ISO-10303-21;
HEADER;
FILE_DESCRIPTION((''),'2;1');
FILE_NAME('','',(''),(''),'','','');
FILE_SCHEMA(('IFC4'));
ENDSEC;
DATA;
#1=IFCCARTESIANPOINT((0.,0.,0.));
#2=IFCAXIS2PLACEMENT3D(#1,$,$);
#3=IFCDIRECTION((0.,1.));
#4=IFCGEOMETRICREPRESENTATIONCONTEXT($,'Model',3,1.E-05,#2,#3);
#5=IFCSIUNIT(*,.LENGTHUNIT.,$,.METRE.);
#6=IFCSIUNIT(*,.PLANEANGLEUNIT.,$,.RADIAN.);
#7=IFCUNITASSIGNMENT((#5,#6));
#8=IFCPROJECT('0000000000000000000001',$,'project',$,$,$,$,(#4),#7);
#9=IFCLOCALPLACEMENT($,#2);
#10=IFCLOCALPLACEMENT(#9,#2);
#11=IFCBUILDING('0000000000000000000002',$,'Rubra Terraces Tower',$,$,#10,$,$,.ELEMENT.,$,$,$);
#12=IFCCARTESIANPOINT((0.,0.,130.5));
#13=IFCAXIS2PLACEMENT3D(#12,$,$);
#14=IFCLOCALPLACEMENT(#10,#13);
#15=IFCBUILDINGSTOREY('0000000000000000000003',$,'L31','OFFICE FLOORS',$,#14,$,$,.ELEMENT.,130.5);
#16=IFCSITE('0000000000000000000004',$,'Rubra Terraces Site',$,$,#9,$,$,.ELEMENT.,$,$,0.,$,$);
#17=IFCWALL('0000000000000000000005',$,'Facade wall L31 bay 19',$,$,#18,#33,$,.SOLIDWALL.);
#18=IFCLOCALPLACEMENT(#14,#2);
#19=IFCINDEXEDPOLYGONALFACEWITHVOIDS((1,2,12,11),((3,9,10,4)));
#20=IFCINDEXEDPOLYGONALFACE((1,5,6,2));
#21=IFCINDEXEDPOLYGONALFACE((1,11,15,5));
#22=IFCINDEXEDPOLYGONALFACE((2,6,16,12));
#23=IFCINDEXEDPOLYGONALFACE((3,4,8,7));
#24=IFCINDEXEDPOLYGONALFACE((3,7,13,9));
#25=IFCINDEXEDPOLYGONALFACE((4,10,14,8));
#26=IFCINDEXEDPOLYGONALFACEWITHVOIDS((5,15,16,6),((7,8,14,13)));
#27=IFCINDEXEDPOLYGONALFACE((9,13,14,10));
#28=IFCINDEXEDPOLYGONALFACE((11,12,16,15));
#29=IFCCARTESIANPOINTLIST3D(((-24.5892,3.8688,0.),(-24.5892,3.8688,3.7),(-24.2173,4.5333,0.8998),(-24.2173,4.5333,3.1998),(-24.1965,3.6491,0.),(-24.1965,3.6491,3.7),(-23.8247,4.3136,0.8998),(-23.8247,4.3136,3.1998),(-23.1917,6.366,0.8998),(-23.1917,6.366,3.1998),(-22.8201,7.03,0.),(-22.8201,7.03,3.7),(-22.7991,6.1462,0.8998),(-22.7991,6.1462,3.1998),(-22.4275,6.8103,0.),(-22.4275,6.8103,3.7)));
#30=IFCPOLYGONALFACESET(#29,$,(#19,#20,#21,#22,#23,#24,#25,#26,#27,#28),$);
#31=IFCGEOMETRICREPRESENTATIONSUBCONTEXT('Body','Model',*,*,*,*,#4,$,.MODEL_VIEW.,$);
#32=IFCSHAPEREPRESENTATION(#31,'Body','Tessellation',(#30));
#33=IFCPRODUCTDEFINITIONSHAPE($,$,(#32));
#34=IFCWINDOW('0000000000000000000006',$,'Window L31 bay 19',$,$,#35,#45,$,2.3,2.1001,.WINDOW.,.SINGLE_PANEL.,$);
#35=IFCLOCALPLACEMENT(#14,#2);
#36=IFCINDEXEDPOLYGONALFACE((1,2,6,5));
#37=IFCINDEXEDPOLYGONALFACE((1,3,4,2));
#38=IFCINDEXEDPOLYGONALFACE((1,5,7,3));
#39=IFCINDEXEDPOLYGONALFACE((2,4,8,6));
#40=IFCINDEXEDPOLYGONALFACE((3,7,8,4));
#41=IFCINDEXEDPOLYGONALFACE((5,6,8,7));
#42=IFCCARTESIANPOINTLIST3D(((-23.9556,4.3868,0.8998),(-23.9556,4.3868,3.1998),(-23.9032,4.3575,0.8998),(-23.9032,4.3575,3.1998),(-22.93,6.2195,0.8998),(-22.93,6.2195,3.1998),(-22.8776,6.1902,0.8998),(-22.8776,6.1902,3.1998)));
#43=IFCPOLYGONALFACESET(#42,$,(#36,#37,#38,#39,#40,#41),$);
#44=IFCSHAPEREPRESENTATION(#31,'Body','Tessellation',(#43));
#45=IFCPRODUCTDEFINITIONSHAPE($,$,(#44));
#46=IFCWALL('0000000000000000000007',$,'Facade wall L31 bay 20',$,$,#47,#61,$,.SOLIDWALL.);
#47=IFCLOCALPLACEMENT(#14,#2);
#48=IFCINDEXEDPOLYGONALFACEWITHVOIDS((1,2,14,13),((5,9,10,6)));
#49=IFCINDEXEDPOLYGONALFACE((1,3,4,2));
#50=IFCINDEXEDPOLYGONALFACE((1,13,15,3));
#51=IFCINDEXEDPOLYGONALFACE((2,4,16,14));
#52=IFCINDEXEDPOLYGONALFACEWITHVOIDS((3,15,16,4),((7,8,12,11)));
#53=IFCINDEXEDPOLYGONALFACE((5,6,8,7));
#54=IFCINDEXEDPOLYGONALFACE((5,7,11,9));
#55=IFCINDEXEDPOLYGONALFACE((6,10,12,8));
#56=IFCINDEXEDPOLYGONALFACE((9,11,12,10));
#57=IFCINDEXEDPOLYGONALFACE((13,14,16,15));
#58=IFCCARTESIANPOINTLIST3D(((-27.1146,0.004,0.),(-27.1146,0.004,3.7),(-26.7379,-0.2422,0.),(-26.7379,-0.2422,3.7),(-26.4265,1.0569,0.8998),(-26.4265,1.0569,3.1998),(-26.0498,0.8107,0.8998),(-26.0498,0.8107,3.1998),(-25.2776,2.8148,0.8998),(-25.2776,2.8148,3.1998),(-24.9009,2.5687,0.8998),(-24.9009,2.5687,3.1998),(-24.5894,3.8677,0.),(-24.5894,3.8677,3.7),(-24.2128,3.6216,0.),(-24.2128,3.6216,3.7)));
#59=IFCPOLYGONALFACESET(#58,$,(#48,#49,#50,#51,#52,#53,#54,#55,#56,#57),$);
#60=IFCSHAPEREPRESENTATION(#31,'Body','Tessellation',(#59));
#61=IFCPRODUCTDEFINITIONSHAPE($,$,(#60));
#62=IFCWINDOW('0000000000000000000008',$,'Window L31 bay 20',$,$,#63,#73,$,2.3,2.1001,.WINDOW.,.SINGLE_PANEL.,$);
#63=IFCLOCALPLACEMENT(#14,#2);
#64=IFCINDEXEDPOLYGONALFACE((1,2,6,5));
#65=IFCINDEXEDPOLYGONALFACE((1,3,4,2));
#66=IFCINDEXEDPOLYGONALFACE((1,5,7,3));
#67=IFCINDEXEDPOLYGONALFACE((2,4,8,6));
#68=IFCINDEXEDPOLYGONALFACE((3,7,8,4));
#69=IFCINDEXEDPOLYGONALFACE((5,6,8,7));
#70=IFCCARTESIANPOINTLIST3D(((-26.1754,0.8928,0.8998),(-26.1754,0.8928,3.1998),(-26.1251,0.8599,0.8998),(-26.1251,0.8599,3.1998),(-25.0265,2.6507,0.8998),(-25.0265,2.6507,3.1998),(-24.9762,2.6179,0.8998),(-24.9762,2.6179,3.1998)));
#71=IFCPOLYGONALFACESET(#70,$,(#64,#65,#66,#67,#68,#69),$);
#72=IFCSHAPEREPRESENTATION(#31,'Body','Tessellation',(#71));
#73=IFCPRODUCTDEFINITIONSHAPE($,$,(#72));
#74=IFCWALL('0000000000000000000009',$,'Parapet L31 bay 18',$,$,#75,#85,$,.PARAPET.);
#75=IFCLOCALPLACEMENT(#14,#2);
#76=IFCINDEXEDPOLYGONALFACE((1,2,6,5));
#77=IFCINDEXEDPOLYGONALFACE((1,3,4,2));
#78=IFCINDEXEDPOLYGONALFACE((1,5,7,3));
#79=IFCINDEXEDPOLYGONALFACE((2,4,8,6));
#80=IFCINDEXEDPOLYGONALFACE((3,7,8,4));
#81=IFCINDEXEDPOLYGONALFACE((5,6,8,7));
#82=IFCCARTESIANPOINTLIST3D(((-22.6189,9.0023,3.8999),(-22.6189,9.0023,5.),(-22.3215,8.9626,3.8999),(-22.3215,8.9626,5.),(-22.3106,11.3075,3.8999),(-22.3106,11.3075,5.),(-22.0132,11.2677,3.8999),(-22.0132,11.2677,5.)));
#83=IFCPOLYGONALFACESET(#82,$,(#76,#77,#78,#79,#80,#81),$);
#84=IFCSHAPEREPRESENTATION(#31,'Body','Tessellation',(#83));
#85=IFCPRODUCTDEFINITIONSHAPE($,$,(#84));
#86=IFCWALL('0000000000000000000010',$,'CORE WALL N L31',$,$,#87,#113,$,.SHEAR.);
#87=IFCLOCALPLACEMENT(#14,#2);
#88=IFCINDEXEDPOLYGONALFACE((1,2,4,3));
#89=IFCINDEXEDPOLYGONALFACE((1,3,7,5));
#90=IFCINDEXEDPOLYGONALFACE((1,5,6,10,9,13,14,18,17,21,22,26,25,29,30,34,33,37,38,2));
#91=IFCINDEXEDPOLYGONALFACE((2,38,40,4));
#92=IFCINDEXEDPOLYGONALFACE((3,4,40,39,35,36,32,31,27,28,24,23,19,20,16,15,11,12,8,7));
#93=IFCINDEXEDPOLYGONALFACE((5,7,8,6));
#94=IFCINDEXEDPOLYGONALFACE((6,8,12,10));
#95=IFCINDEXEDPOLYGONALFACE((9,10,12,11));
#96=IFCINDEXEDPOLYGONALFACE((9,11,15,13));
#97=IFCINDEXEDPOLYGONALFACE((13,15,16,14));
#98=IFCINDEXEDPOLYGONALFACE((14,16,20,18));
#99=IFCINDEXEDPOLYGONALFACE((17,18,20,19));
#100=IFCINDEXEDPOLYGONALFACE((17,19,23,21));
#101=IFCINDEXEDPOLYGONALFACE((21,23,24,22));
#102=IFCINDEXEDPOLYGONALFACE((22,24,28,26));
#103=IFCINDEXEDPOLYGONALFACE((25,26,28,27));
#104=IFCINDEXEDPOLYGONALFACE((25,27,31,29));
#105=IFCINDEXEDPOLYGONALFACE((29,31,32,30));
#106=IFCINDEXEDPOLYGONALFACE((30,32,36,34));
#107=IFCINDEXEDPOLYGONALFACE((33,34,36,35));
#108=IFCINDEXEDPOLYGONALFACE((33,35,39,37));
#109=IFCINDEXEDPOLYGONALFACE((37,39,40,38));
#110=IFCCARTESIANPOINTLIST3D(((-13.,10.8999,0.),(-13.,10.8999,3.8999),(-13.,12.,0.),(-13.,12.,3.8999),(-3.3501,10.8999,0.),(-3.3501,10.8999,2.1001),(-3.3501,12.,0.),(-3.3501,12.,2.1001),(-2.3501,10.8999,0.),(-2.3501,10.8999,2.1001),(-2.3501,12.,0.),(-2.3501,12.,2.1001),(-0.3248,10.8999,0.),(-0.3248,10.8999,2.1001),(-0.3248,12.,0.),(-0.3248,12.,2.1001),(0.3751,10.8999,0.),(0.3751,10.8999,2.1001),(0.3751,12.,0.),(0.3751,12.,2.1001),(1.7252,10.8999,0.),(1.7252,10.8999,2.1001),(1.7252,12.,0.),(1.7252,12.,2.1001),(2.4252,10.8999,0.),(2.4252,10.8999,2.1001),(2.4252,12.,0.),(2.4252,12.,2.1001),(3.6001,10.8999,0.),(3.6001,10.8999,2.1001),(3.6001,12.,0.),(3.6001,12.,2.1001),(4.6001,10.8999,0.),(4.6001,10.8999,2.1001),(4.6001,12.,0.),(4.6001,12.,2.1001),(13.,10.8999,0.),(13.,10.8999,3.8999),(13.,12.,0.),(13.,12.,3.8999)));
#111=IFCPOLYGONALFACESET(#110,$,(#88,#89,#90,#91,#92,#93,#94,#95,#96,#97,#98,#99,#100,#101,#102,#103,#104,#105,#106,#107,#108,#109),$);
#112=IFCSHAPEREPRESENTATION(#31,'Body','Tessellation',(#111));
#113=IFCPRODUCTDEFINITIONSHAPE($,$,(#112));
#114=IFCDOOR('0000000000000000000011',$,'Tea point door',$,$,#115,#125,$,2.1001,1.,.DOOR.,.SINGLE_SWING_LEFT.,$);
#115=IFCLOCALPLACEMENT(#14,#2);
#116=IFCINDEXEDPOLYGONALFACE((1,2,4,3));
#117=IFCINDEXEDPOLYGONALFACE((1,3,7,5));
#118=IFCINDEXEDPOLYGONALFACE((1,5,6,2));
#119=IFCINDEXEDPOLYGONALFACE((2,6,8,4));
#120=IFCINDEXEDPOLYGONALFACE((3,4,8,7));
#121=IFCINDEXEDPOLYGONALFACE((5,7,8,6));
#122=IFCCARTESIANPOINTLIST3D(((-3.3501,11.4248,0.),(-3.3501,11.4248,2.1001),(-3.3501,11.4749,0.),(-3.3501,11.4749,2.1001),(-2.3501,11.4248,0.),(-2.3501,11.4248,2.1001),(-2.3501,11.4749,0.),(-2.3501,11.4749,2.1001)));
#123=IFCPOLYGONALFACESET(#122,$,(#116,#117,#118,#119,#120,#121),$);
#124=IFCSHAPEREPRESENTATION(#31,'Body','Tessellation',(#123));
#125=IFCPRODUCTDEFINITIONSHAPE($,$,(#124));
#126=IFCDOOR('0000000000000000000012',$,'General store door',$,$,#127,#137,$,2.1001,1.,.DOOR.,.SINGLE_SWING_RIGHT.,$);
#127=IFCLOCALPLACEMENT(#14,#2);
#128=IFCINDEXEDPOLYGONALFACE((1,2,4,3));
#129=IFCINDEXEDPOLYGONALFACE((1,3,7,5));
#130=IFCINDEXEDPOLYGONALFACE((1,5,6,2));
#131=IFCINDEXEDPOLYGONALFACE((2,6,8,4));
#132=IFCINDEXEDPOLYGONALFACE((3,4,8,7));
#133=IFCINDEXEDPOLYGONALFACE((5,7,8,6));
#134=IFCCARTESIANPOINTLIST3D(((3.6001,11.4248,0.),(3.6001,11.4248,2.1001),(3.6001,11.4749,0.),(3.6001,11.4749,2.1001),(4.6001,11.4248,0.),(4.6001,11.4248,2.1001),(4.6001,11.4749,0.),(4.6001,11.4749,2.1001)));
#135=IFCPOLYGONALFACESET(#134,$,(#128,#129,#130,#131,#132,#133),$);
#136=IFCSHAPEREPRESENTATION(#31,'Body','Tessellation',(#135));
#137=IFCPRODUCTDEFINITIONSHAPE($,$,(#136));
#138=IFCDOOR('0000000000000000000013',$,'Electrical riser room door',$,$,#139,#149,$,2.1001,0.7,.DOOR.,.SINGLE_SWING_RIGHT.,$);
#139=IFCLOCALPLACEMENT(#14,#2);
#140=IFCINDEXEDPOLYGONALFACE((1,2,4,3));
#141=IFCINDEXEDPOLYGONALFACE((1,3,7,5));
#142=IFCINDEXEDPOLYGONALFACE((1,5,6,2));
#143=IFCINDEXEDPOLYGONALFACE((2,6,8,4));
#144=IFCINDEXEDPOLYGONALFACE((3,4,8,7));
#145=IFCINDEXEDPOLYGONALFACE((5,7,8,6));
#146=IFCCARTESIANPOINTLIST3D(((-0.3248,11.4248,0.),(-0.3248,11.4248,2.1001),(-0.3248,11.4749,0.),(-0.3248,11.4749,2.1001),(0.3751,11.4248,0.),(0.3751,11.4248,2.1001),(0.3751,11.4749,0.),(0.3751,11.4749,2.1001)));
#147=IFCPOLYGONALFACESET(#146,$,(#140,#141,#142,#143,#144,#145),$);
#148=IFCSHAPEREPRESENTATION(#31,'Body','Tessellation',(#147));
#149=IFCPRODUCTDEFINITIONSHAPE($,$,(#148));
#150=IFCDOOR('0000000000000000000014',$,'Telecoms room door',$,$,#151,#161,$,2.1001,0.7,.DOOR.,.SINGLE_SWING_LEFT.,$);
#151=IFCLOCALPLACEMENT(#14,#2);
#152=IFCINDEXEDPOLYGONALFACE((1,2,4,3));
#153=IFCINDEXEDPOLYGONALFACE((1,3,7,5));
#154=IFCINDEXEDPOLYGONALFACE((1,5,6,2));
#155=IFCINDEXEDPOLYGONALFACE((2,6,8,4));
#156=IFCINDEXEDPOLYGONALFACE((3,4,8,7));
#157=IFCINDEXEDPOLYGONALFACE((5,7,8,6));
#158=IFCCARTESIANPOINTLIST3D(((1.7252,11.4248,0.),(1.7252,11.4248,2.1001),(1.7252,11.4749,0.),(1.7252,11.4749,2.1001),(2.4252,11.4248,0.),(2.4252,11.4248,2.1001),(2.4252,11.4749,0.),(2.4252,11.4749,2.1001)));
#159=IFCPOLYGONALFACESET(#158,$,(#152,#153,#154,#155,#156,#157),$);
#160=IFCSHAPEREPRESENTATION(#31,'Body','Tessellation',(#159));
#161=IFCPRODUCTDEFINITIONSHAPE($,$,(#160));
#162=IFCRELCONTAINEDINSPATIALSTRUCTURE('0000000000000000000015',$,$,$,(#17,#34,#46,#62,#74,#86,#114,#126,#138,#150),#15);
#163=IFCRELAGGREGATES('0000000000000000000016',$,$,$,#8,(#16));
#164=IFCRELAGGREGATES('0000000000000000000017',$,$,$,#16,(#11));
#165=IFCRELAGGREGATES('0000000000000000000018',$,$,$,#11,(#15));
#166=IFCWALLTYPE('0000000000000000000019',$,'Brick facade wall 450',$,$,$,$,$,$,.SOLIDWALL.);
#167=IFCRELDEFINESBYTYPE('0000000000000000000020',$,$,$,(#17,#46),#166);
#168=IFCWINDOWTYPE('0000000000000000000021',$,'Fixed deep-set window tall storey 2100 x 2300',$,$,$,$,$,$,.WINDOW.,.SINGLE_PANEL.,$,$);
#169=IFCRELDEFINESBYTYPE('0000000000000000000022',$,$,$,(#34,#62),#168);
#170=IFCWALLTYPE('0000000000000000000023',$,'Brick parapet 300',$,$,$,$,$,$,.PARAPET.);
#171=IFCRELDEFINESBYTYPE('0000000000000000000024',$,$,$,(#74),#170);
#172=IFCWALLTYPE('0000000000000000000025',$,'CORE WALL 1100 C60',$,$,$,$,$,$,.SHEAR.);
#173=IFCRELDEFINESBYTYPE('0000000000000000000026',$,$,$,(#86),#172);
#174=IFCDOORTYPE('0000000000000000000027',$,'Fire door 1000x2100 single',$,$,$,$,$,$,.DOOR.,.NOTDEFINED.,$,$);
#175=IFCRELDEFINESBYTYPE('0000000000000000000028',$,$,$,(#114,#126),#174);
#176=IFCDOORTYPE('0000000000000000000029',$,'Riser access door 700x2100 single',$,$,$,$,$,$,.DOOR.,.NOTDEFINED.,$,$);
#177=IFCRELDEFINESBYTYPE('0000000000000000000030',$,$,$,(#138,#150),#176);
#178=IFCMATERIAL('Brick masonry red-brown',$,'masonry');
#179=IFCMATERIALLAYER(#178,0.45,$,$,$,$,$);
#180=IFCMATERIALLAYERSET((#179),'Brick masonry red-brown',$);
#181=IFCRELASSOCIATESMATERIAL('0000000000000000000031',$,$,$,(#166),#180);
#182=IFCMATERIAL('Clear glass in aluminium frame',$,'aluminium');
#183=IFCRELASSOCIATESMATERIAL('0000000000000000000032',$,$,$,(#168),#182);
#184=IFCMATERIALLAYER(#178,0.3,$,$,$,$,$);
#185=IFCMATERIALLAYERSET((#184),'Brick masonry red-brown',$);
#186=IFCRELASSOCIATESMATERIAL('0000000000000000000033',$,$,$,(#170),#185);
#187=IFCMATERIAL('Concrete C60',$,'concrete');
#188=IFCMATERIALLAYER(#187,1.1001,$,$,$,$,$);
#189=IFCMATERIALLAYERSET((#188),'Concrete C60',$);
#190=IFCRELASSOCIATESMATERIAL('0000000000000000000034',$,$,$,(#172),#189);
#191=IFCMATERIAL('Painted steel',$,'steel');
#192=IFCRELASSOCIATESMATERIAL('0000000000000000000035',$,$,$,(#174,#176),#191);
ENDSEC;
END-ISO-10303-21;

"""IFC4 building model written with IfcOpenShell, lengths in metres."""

from ifc_helpers import new_model, si_unit, direction, frame, frame_2d, origin, place, context, subcontext, project, spatial, rectangle, extrude, material, layer, layer_set, type_object, element, fill, save


model = new_model("IFC4")

# Units and contexts
model_context = context("Model", 3, precision=1e-05, world=origin(), true_north=direction((0.0, 1.0)))
body_context = subcontext(model_context, "Body", "Model", "MODEL_VIEW")
ifc_project = project(units=[si_unit("LENGTHUNIT", "METRE"), si_unit("PLANEANGLEUNIT", "RADIAN")], contexts=[model_context])

# Site, building, storey
site_placement = place(None, origin())
site = spatial("IfcSite", under=ifc_project, at=site_placement, Name="Rubra Terraces Site", CompositionType="ELEMENT", RefElevation=0.0)
building_placement = place(site_placement, origin())
building = spatial("IfcBuilding", under=site, at=building_placement, Name="Rubra Terraces Tower", CompositionType="ELEMENT")
storey_placement = place(building_placement, frame((0.0, 0.0, 130.5)))
storey = spatial("IfcBuildingStorey", under=building, at=storey_placement, Name="L31", Description="OFFICE FLOORS", CompositionType="ELEMENT", Elevation=130.5)

# Walls, openings, windows
ifc_material_1 = material(Name="Brick masonry red-brown", Category="masonry")
ifc_layer_1 = layer(ifc_material_1, 0.45)
ifc_layer_set_1 = layer_set([ifc_layer_1], Name="Brick masonry red-brown")
wall_type_1 = type_object("IfcWallType", Name="Brick facade wall 450", PredefinedType="SOLIDWALL", material=ifc_layer_set_1)
wall_1_placement = place(storey_placement, frame((-22.6238, 6.9202, 0.0), z_axis=(0.0, 0.0, 1.0), x_axis=(-0.488353, -0.872646, 0.0)))
wall_1 = element("IfcWall", 1, at=wall_1_placement, inside=storey, type_object=wall_type_1, Name="Facade wall L31 bay 19", PredefinedType="SOLIDWALL", context=body_context, shape_type="SweptSolid", body=[
    extrude(rectangle(XDim=3.6226, YDim=0.45, at=frame_2d((1.8113, 0.0))), origin(), (0.0, 0.0, 1.0), 3.7),
])
opening_1_placement = place(wall_1_placement, frame((0.761, 0.0, 0.8999)))
opening_1 = element("IfcOpeningElement", 2, at=opening_1_placement, cuts=wall_1, PredefinedType="OPENING", context=body_context, shape_type="SweptSolid", body=[
    extrude(rectangle(XDim=2.1001, YDim=2.3, at=frame_2d((1.05, 1.1499))), frame((0.0, 0.2349, 0.0), z_axis=(0.0, -1.0, 0.0), x_axis=(1.0, 0.0, 0.0)), (0.0, 0.0, 1.0), 0.47),
])
ifc_material_2 = material(Name="Clear glass in aluminium frame", Category="aluminium")
window_type = type_object("IfcWindowType", Name="Fixed deep-set window tall storey 2100 x 2300", PartitioningType="SINGLE_PANEL", PredefinedType="WINDOW", material=ifc_material_2)
window_1_placement = place(opening_1_placement, origin())
window_1 = element("IfcWindow", 3, at=window_1_placement, inside=storey, type_object=window_type, Name="Window L31 bay 19", OverallHeight=2.3, OverallWidth=2.1001, PartitioningType="SINGLE_PANEL", PredefinedType="WINDOW", context=body_context, shape_type="SweptSolid", body=[
    extrude(rectangle(XDim=2.1001, YDim=2.3, at=frame_2d((1.05, 1.1499))), frame((0.0, 0.135, 0.0), z_axis=(0.0, -1.0, 0.0), x_axis=(1.0, 0.0, 0.0)), (0.0, 0.0, 1.0), 0.0601),
])
fill(opening_1, window_1)
wall_2_placement = place(storey_placement, frame((-24.4011, 3.7446, 0.0), z_axis=(0.0, 0.0, 1.0), x_axis=(-0.547073, -0.837085, 0.0)))
wall_2 = element("IfcWall", 4, at=wall_2_placement, inside=storey, type_object=wall_type_1, Name="Facade wall L31 bay 20", PredefinedType="SOLIDWALL", context=body_context, shape_type="SweptSolid", body=[
    extrude(rectangle(XDim=4.6157, YDim=0.45, at=frame_2d((2.3079, 0.0))), origin(), (0.0, 0.0, 1.0), 3.7),
])
opening_2_placement = place(wall_2_placement, frame((1.2578, 0.0, 0.8999)))
opening_2 = element("IfcOpeningElement", 5, at=opening_2_placement, cuts=wall_2, PredefinedType="OPENING", context=body_context, shape_type="SweptSolid", body=[
    extrude(rectangle(XDim=2.1001, YDim=2.3, at=frame_2d((1.05, 1.1499))), frame((0.0, 0.2349, 0.0), z_axis=(0.0, -1.0, 0.0), x_axis=(1.0, 0.0, 0.0)), (0.0, 0.0, 1.0), 0.47),
])
window_2_placement = place(opening_2_placement, origin())
window_2 = element("IfcWindow", 6, at=window_2_placement, inside=storey, type_object=window_type, Name="Window L31 bay 20", OverallHeight=2.3, OverallWidth=2.1001, PartitioningType="SINGLE_PANEL", PredefinedType="WINDOW", context=body_context, shape_type="SweptSolid", body=[
    extrude(rectangle(XDim=2.1001, YDim=2.3, at=frame_2d((1.05, 1.1499))), frame((0.0, 0.135, 0.0), z_axis=(0.0, -1.0, 0.0), x_axis=(1.0, 0.0, 0.0)), (0.0, 0.0, 1.0), 0.0601),
])
fill(opening_2, window_2)

# Wall
ifc_layer_2 = layer(ifc_material_1, 0.3)
ifc_layer_set_2 = layer_set([ifc_layer_2], Name="Brick masonry red-brown")
wall_type_2 = type_object("IfcWallType", Name="Brick parapet 300", PredefinedType="PARAPET", material=ifc_layer_set_2)
wall_3_placement = place(storey_placement, frame((-22.1619, 11.2876, 3.8999), z_axis=(0.0, 0.0, 1.0), x_axis=(-0.132583, -0.991172, 0.0)))
element("IfcWall", 7, at=wall_3_placement, inside=storey, type_object=wall_type_2, Name="Parapet L31 bay 18", PredefinedType="PARAPET", context=body_context, shape_type="SweptSolid", body=[
    extrude(rectangle(XDim=2.3257, YDim=0.3, at=frame_2d((1.1628, 0.0))), origin(), (0.0, 0.0, 1.0), 1.1001),
])

# Wall, openings, doors
ifc_material_3 = material(Name="Concrete C60", Category="concrete")
ifc_layer_3 = layer(ifc_material_3, 1.1001)
ifc_layer_set_3 = layer_set([ifc_layer_3], Name="Concrete C60")
wall_type_3 = type_object("IfcWallType", Name="CORE WALL 1100 C60", PredefinedType="SHEAR", material=ifc_layer_set_3)
wall_4_placement = place(storey_placement, frame((-13.0, 11.45, 0.0), z_axis=(0.0, 0.0, 1.0), x_axis=(1.0, 0.0, 0.0)))
wall_4 = element("IfcWall", 8, at=wall_4_placement, inside=storey, type_object=wall_type_3, Name="CORE WALL N L31", PredefinedType="SHEAR", context=body_context, shape_type="SweptSolid", body=[
    extrude(rectangle(XDim=26.0, YDim=1.1001, at=frame_2d((13.0, 0.0))), origin(), (0.0, 0.0, 1.0), 3.8999),
])
opening_3_placement = place(wall_4_placement, frame((9.6499, 0.0, 0.0)))
opening_3 = element("IfcOpeningElement", 9, at=opening_3_placement, cuts=wall_4, PredefinedType="OPENING", context=body_context, shape_type="SweptSolid", body=[
    extrude(rectangle(XDim=1.0, YDim=2.1001, at=frame_2d((0.5, 1.05))), frame((0.0, 0.5601, 0.0), z_axis=(0.0, -1.0, 0.0), x_axis=(1.0, 0.0, 0.0)), (0.0, 0.0, 1.0), 1.1201),
])
opening_4_placement = place(wall_4_placement, frame((12.675, 0.0, 0.0)))
opening_4 = element("IfcOpeningElement", 10, at=opening_4_placement, cuts=wall_4, PredefinedType="OPENING", context=body_context, shape_type="SweptSolid", body=[
    extrude(rectangle(XDim=0.7, YDim=2.1001, at=frame_2d((0.3501, 1.05))), frame((0.0, 0.5601, 0.0), z_axis=(0.0, -1.0, 0.0), x_axis=(1.0, 0.0, 0.0)), (0.0, 0.0, 1.0), 1.1201),
])
opening_5_placement = place(wall_4_placement, frame((14.7251, 0.0, 0.0)))
opening_5 = element("IfcOpeningElement", 11, at=opening_5_placement, cuts=wall_4, PredefinedType="OPENING", context=body_context, shape_type="SweptSolid", body=[
    extrude(rectangle(XDim=0.7, YDim=2.1001, at=frame_2d((0.3501, 1.05))), frame((0.0, 0.5601, 0.0), z_axis=(0.0, -1.0, 0.0), x_axis=(1.0, 0.0, 0.0)), (0.0, 0.0, 1.0), 1.1201),
])
opening_6_placement = place(wall_4_placement, frame((16.6001, 0.0, 0.0)))
opening_6 = element("IfcOpeningElement", 12, at=opening_6_placement, cuts=wall_4, PredefinedType="OPENING", context=body_context, shape_type="SweptSolid", body=[
    extrude(rectangle(XDim=1.0, YDim=2.1001, at=frame_2d((0.5, 1.05))), frame((0.0, 0.5601, 0.0), z_axis=(0.0, -1.0, 0.0), x_axis=(1.0, 0.0, 0.0)), (0.0, 0.0, 1.0), 1.1201),
])
ifc_material_4 = material(Name="Painted steel", Category="steel")
door_type_1 = type_object("IfcDoorType", Name="Fire door 1000x2100 single", OperationType="NOTDEFINED", PredefinedType="DOOR", material=ifc_material_4)
door_1_placement = place(opening_3_placement, origin())
door_1 = element("IfcDoor", 13, at=door_1_placement, inside=storey, type_object=door_type_1, Name="Tea point door", OperationType="SINGLE_SWING_LEFT", OverallHeight=2.1001, OverallWidth=1.0, PredefinedType="DOOR", context=body_context, shape_type="SweptSolid", body=[
    extrude(rectangle(XDim=1.0, YDim=2.1001, at=frame_2d((0.5, 1.05))), frame((0.0, 0.0249, 0.0), z_axis=(0.0, -1.0, 0.0), x_axis=(1.0, 0.0, 0.0)), (0.0, 0.0, 1.0), 0.05),
])
fill(opening_3, door_1)
door_2_placement = place(opening_6_placement, origin())
door_2 = element("IfcDoor", 14, at=door_2_placement, inside=storey, type_object=door_type_1, Name="General store door", OperationType="SINGLE_SWING_RIGHT", OverallHeight=2.1001, OverallWidth=1.0, PredefinedType="DOOR", context=body_context, shape_type="SweptSolid", body=[
    extrude(rectangle(XDim=1.0, YDim=2.1001, at=frame_2d((0.5, 1.05))), frame((0.0, 0.0249, 0.0), z_axis=(0.0, -1.0, 0.0), x_axis=(1.0, 0.0, 0.0)), (0.0, 0.0, 1.0), 0.05),
])
fill(opening_6, door_2)
door_type_2 = type_object("IfcDoorType", Name="Riser access door 700x2100 single", OperationType="NOTDEFINED", PredefinedType="DOOR", material=ifc_material_4)
door_3_placement = place(opening_4_placement, origin())
door_3 = element("IfcDoor", 15, at=door_3_placement, inside=storey, type_object=door_type_2, Name="Electrical riser room door", OperationType="SINGLE_SWING_RIGHT", OverallHeight=2.1001, OverallWidth=0.7, PredefinedType="DOOR", context=body_context, shape_type="SweptSolid", body=[
    extrude(rectangle(XDim=0.7, YDim=2.1001, at=frame_2d((0.3501, 1.05))), frame((0.0, 0.0249, 0.0), z_axis=(0.0, -1.0, 0.0), x_axis=(1.0, 0.0, 0.0)), (0.0, 0.0, 1.0), 0.05),
])
fill(opening_4, door_3)
door_4_placement = place(opening_5_placement, origin())
door_4 = element("IfcDoor", 16, at=door_4_placement, inside=storey, type_object=door_type_2, Name="Telecoms room door", OperationType="SINGLE_SWING_LEFT", OverallHeight=2.1001, OverallWidth=0.7, PredefinedType="DOOR", context=body_context, shape_type="SweptSolid", body=[
    extrude(rectangle(XDim=0.7, YDim=2.1001, at=frame_2d((0.3501, 1.05))), frame((0.0, 0.0249, 0.0), z_axis=(0.0, -1.0, 0.0), x_axis=(1.0, 0.0, 0.0)), (0.0, 0.0, 1.0), 0.05),
])
fill(opening_5, door_4)

save(model, "model.ifc")
